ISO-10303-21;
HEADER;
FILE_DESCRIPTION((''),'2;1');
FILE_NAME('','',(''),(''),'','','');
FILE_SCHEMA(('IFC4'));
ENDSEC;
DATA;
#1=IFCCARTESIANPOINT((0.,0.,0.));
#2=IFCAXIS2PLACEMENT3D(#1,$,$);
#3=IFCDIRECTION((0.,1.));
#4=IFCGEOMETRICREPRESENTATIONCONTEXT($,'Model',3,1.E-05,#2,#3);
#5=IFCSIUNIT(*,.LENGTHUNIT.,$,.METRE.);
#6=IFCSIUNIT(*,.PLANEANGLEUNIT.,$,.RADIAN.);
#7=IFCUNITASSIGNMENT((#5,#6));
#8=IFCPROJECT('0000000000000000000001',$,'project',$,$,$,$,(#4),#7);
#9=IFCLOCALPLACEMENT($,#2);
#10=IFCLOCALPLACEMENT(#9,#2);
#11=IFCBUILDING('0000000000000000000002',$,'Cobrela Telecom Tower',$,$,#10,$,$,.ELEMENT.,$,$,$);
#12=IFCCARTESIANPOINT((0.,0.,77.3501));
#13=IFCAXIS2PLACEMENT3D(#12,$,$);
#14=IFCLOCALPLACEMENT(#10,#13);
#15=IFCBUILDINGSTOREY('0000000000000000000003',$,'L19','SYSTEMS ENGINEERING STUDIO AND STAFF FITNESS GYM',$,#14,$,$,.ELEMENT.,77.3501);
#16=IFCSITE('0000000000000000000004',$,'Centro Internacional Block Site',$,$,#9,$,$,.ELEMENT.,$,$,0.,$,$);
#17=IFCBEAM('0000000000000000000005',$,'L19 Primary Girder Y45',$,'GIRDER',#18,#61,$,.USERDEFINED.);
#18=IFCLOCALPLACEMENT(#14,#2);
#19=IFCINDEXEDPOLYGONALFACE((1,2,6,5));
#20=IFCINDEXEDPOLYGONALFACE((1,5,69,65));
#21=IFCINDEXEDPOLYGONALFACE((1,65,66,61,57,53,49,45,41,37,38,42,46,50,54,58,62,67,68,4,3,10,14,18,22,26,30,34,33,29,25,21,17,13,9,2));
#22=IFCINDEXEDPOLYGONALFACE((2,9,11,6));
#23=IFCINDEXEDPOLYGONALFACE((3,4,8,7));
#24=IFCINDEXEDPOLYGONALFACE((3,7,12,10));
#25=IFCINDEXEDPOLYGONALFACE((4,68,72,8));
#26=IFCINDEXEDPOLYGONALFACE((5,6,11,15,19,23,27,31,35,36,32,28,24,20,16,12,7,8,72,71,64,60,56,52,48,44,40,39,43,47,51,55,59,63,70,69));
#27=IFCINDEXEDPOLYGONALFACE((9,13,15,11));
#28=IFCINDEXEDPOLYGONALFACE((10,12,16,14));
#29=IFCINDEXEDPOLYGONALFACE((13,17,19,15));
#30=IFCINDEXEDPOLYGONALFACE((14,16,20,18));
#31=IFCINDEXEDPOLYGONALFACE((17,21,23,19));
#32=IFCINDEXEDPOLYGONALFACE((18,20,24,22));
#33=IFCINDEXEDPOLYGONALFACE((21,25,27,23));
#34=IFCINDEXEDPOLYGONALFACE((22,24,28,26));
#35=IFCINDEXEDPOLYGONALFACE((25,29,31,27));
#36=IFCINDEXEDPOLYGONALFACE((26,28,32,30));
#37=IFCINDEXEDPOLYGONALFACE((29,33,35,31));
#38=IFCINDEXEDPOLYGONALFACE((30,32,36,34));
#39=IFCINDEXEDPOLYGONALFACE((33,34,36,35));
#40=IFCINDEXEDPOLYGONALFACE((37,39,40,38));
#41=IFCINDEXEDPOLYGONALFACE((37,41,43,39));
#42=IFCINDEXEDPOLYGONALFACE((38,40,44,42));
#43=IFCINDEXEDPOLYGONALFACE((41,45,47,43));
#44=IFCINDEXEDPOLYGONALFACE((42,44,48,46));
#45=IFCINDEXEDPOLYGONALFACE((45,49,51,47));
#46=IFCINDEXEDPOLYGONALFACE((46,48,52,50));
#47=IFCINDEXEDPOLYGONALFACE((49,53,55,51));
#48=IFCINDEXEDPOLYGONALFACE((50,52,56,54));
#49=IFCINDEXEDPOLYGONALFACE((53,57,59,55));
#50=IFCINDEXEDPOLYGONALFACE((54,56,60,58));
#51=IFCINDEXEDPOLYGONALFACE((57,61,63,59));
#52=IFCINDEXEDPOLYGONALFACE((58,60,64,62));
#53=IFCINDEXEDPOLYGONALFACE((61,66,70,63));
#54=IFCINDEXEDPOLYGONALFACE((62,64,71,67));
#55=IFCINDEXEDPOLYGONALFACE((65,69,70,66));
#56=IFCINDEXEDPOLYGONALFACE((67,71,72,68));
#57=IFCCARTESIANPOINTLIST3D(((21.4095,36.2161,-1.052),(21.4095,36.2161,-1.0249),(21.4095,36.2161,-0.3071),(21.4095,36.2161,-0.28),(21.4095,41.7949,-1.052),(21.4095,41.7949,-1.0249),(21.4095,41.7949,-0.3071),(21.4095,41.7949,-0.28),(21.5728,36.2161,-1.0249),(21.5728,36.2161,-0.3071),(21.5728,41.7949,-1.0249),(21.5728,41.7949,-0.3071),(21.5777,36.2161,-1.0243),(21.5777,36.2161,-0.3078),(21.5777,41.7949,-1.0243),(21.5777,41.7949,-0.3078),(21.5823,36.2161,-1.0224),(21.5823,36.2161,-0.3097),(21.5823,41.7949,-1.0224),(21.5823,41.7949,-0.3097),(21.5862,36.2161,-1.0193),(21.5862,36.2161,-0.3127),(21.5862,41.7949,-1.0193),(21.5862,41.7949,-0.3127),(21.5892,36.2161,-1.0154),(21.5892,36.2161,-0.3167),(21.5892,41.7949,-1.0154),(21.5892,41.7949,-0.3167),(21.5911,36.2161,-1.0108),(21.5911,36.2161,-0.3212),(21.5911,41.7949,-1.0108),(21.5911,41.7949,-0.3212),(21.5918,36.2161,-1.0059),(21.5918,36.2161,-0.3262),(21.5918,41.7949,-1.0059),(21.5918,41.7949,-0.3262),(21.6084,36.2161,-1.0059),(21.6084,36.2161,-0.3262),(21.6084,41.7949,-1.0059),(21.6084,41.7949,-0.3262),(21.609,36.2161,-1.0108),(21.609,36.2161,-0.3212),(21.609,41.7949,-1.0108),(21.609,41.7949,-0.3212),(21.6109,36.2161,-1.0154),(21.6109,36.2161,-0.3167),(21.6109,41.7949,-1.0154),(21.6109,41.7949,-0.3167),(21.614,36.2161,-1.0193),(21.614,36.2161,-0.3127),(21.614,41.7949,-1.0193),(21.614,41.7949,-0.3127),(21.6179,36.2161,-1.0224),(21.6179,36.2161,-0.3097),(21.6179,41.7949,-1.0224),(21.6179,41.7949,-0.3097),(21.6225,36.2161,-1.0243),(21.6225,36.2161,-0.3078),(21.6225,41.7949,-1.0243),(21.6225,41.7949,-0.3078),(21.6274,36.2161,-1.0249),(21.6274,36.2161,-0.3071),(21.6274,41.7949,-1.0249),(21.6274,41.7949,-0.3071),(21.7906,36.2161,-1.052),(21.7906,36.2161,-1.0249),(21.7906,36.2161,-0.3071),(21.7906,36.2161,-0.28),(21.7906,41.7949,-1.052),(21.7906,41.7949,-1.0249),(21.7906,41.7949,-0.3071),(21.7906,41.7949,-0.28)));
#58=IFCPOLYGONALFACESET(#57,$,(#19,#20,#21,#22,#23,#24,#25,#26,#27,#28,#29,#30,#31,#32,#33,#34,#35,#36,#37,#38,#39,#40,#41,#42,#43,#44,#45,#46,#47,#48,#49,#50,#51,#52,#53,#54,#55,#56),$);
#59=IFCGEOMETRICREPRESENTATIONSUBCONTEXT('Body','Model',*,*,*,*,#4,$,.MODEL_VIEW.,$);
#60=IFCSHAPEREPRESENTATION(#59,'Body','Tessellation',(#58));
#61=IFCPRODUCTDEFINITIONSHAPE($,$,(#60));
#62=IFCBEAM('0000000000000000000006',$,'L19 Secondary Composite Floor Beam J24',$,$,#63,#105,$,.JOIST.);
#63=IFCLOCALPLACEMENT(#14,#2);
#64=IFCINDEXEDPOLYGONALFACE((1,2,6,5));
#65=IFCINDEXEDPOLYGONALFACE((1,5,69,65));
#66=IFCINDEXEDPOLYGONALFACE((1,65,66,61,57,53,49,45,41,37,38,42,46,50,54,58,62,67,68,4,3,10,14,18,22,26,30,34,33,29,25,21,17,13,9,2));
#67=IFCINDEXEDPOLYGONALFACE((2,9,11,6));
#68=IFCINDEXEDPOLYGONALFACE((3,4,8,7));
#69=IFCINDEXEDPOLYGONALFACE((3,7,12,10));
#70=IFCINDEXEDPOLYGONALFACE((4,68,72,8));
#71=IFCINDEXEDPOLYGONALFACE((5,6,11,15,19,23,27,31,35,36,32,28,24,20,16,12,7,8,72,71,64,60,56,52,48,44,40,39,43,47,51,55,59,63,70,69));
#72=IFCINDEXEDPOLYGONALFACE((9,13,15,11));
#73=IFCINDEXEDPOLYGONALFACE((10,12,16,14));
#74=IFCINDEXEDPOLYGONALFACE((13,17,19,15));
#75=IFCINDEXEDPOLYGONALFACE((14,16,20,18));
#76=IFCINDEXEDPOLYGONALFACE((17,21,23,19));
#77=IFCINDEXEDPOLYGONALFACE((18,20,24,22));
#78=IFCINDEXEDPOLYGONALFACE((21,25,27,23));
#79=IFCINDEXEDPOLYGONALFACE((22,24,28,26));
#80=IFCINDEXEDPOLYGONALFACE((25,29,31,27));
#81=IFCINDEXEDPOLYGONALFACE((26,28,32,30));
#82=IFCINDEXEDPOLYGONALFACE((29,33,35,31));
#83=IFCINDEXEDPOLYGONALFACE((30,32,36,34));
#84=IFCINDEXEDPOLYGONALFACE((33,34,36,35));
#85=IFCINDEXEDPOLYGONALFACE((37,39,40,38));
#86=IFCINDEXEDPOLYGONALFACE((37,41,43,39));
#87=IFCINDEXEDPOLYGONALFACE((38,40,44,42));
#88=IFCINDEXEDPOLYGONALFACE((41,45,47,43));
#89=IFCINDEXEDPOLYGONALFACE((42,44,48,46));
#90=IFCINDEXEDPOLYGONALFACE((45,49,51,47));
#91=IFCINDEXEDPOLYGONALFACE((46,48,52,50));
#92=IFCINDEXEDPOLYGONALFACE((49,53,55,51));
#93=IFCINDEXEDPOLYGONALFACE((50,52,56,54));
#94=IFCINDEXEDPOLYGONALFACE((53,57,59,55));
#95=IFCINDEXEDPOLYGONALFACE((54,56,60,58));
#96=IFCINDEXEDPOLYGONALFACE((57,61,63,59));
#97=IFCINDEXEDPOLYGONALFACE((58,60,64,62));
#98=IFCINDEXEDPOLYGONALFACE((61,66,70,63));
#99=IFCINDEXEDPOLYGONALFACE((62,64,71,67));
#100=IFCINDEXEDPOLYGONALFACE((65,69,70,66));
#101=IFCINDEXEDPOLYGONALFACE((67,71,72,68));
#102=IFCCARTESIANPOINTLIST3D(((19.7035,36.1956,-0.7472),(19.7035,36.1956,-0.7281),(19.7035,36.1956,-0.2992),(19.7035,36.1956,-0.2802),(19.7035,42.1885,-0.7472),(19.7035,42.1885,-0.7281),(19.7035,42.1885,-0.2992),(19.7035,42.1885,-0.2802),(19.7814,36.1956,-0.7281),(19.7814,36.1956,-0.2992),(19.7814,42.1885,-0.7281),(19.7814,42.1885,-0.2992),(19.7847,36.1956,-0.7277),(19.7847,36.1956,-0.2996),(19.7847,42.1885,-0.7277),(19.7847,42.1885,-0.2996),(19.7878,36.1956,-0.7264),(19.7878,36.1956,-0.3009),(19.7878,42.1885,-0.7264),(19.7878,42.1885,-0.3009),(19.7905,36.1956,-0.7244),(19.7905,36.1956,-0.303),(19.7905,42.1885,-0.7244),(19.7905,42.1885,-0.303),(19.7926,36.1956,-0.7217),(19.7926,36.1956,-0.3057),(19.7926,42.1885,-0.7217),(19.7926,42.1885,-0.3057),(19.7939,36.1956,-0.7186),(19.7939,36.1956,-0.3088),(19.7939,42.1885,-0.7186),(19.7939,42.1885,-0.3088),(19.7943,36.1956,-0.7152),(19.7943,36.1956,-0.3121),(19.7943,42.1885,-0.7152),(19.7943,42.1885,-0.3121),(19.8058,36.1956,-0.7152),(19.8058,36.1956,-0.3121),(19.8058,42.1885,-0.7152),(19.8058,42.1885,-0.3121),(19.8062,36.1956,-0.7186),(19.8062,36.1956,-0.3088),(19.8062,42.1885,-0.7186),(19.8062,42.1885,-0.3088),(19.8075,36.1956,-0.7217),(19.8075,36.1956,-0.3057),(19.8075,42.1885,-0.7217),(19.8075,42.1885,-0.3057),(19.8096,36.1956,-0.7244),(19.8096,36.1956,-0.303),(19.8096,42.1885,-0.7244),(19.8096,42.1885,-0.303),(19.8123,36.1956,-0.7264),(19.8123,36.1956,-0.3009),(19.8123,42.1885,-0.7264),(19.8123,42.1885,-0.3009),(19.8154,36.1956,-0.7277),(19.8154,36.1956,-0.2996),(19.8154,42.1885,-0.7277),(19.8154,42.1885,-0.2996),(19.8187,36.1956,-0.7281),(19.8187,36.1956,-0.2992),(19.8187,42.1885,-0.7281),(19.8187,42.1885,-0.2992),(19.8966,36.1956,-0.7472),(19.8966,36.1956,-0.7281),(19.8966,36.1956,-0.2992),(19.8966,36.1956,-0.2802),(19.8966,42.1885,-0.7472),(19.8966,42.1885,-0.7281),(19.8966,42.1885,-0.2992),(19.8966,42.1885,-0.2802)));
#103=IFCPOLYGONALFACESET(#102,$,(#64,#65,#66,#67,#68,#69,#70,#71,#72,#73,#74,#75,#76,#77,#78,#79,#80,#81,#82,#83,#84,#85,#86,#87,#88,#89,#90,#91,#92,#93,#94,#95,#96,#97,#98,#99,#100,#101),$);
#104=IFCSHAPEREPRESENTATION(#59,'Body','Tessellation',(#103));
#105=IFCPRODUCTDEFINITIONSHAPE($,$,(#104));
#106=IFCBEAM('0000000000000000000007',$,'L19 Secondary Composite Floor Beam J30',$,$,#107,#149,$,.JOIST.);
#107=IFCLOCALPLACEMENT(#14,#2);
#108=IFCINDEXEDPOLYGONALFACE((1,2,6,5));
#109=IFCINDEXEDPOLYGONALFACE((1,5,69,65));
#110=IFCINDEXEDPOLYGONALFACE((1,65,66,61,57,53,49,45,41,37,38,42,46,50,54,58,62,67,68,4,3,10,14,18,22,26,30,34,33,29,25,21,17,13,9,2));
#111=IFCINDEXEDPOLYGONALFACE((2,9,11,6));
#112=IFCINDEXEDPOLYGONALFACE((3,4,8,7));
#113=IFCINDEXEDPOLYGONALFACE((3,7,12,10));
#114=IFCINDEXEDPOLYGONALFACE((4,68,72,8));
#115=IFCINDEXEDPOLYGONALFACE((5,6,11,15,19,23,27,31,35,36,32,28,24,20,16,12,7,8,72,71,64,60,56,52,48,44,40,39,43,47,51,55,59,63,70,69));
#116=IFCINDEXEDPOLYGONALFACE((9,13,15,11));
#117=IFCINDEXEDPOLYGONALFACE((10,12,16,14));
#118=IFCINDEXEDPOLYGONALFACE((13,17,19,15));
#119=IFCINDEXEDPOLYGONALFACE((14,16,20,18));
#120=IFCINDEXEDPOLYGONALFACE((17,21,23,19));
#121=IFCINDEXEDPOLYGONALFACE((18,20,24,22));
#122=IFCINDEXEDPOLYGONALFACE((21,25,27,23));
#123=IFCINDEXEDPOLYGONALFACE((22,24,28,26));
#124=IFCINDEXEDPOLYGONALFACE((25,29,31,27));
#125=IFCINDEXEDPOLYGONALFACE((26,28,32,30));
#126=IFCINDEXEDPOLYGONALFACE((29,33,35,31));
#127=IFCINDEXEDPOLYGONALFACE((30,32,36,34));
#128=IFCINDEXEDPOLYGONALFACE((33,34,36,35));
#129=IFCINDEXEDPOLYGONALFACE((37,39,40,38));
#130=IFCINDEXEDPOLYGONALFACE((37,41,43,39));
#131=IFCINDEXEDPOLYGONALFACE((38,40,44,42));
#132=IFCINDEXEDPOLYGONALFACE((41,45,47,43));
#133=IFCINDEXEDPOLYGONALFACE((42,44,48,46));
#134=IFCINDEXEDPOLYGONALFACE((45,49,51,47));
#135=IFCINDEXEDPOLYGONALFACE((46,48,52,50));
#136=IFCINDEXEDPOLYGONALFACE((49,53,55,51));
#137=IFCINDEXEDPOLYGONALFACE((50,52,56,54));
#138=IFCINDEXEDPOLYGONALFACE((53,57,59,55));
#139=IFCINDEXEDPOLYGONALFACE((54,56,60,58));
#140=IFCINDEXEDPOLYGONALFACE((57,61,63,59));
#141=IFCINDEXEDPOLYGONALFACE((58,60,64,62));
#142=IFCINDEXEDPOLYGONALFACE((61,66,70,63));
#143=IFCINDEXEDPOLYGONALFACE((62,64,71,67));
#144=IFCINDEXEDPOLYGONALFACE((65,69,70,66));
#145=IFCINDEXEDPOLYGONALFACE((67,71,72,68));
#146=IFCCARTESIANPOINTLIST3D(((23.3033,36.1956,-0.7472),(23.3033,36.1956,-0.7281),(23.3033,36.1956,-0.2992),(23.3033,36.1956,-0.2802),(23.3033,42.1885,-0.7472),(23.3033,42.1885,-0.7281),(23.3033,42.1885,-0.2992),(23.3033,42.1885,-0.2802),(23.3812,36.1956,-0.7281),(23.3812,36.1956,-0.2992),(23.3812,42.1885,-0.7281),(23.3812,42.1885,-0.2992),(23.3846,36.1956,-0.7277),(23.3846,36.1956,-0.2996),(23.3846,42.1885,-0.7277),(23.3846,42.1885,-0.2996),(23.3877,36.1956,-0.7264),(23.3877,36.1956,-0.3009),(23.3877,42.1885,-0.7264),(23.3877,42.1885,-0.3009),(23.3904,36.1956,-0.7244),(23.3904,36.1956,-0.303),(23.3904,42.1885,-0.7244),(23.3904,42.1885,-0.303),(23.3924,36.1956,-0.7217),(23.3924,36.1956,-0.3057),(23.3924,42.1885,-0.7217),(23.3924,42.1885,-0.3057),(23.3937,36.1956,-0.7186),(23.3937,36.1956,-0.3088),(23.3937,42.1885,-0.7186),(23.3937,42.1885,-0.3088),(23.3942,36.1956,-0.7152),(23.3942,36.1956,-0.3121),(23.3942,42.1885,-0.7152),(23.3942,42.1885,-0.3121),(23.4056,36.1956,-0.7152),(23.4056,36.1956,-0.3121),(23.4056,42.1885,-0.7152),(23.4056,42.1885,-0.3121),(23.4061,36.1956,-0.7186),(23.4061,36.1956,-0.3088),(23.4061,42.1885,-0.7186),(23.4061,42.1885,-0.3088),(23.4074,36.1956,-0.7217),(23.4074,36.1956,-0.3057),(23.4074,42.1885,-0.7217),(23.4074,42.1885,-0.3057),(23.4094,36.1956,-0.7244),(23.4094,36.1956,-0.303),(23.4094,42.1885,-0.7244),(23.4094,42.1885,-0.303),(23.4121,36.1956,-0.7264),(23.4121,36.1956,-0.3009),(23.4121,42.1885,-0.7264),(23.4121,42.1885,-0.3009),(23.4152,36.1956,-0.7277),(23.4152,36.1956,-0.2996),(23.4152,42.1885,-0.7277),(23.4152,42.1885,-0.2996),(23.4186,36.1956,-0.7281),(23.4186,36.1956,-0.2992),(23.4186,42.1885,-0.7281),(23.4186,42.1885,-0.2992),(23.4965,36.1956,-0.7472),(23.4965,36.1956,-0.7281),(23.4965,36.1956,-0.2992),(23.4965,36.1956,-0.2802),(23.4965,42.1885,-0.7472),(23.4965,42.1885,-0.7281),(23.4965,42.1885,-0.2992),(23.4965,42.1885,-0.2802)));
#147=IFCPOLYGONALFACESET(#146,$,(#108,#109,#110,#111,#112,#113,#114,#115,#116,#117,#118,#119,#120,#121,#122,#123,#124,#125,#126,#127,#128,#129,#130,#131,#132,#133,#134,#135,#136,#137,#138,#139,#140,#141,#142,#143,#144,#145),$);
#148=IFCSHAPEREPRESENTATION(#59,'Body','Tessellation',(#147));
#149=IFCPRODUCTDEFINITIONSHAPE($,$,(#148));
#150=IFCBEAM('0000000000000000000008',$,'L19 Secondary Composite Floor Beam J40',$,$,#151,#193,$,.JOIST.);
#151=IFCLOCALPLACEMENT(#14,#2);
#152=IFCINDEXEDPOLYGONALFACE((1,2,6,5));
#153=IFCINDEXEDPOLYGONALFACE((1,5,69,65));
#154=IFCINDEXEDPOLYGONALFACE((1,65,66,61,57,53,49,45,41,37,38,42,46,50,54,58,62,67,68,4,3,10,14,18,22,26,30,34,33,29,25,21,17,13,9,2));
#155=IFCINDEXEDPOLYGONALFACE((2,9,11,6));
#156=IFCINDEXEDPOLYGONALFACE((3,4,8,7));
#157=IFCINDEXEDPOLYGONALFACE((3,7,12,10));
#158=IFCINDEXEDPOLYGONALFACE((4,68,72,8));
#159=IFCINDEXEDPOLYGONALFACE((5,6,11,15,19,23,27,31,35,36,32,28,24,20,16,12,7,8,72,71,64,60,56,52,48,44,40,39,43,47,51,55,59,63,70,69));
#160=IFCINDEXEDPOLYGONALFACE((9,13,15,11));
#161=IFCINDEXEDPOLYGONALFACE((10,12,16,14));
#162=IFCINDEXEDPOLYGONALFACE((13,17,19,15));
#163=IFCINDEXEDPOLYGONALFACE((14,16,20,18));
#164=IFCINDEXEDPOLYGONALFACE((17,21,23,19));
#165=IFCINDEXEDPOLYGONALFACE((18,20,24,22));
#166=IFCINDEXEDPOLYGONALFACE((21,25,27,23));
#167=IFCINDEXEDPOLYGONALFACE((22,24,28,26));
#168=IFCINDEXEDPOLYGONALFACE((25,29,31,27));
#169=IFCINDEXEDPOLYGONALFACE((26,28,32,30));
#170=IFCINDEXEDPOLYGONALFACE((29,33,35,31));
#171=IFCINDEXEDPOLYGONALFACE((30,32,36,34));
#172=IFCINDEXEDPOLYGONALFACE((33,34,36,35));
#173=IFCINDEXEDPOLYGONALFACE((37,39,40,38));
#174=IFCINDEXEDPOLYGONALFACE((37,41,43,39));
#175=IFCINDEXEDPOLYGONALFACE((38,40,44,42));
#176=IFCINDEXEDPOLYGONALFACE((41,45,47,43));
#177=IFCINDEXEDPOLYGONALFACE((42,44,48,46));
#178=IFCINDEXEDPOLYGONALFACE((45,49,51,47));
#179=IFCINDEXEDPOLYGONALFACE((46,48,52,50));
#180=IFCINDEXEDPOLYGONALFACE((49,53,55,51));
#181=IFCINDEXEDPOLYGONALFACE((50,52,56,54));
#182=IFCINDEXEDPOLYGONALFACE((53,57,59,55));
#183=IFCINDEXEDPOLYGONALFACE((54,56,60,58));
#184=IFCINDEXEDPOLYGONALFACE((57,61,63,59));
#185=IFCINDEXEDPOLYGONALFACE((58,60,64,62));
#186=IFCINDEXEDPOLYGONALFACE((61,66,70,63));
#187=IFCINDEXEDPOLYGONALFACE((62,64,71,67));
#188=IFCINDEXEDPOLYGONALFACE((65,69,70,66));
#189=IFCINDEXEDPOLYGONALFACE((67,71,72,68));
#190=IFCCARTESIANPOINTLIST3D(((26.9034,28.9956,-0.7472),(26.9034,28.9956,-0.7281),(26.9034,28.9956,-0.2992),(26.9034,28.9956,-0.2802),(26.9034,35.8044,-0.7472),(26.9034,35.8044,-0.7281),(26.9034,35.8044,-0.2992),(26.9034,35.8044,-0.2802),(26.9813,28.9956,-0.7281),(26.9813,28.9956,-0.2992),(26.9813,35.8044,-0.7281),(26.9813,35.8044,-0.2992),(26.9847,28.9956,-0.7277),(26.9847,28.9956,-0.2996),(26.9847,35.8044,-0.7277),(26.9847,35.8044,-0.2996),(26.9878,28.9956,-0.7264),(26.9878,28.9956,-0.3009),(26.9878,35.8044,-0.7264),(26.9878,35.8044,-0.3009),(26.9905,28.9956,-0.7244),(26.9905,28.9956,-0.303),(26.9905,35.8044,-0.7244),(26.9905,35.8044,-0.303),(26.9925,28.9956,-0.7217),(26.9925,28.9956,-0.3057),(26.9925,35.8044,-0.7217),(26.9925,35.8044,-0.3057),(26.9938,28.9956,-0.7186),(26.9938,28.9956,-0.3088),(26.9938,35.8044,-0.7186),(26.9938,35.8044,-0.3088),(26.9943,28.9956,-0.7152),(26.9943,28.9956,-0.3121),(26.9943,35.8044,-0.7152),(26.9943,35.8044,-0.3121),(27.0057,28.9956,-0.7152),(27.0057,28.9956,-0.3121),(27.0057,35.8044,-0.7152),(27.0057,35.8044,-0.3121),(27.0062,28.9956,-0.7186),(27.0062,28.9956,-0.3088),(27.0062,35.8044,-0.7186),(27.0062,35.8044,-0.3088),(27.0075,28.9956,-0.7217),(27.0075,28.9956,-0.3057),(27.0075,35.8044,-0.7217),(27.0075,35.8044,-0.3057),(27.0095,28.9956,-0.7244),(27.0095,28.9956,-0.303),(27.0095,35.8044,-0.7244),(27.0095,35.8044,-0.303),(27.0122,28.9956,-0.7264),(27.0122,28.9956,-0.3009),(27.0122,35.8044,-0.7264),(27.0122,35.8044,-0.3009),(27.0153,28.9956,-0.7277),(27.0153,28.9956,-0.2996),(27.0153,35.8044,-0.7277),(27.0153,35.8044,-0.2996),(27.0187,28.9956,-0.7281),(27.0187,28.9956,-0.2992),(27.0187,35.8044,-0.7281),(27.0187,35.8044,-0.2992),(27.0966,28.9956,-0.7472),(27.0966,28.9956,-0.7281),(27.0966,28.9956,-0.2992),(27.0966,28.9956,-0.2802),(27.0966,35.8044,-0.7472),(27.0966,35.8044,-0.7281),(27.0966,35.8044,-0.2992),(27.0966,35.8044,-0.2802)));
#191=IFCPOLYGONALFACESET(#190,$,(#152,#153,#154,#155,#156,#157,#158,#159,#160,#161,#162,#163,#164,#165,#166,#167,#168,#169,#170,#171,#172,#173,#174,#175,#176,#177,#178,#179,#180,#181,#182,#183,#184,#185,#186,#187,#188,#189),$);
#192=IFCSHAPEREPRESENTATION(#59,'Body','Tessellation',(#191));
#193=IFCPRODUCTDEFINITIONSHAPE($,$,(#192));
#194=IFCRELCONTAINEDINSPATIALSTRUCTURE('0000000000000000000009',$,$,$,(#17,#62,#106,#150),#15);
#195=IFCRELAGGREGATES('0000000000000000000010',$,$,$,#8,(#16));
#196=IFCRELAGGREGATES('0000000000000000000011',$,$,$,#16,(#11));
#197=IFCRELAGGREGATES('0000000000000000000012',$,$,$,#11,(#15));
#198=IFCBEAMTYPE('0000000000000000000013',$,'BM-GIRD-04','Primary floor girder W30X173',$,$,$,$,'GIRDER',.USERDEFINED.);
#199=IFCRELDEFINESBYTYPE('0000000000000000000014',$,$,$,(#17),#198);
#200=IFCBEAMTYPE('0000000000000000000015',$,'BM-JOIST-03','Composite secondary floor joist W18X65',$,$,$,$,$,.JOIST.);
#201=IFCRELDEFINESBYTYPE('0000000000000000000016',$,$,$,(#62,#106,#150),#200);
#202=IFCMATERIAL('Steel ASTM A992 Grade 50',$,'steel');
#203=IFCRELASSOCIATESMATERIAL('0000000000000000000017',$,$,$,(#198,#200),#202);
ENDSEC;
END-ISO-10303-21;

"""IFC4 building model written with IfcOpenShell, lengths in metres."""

from ifc_helpers import new_model, si_unit, direction, frame, origin, origin_2d, place, context, subcontext, project, spatial, i_section, extrude, material, material_profile, profile_set, type_object, element, save


model = new_model("IFC4")

# Units and contexts
model_context = context("Model", 3, precision=1e-05, world=origin(), true_north=direction((0.0, 1.0)))
body_context = subcontext(model_context, "Body", "Model", "MODEL_VIEW")
ifc_project = project(units=[si_unit("LENGTHUNIT", "METRE"), si_unit("PLANEANGLEUNIT", "RADIAN")], contexts=[model_context])

# Site, building, storey
site_placement = place(None, origin())
site = spatial("IfcSite", under=ifc_project, at=site_placement, Name="Centro Internacional Block Site", CompositionType="ELEMENT", RefElevation=0.0)
building_placement = place(site_placement, origin())
building = spatial("IfcBuilding", under=site, at=building_placement, Name="Cobrela Telecom Tower", CompositionType="ELEMENT")
storey_placement = place(building_placement, frame((0.0, 0.0, 77.3501)))
storey = spatial("IfcBuildingStorey", under=building, at=storey_placement, Name="L19", Description="SYSTEMS ENGINEERING STUDIO AND STAFF FITNESS GYM", CompositionType="ELEMENT", Elevation=77.3501)

# Shared definitions
ifc_material_1 = material(Name="Steel ASTM A992 Grade 50", Category="steel")

# Beams
ifc_material_profile_1 = material_profile(ifc_material_1, i_section(OverallWidth=0.3811, OverallDepth=0.772, WebThickness=0.0166, FlangeThickness=0.0271, FilletRadius=0.019, at=origin_2d()), Name="W30X173")
ifc_profile_set_1 = profile_set([ifc_material_profile_1], Name="Steel ASTM A992 Grade 50")
beam_type_1 = type_object("IfcBeamType", Name="BM-GIRD-04", Description="Primary floor girder W30X173", ElementType="GIRDER", PredefinedType="USERDEFINED", material=ifc_profile_set_1)
beam_1_placement = place(storey_placement, frame((21.6001, 36.2161, -0.666), z_axis=(0.0, 1.0, 0.0), x_axis=(-1.0, 0.0, 0.0)))
element("IfcBeam", 1, at=beam_1_placement, inside=storey, type_object=beam_type_1, Name="L19 Primary Girder Y45", ObjectType="GIRDER", PredefinedType="USERDEFINED", context=body_context, shape_type="SweptSolid", body=[
    extrude(i_section(OverallWidth=0.3811, OverallDepth=0.772, WebThickness=0.0166, FlangeThickness=0.0271, FilletRadius=0.019, at=origin_2d()), origin(), (0.0, 0.0, 1.0), 5.5789),
])
ifc_material_profile_2 = material_profile(ifc_material_1, i_section(OverallWidth=0.1931, OverallDepth=0.467, WebThickness=0.0115, FlangeThickness=0.019, FilletRadius=0.0129, at=origin_2d()), Name="W18X65")
ifc_profile_set_2 = profile_set([ifc_material_profile_2], Name="Steel ASTM A992 Grade 50")
beam_type_2 = type_object("IfcBeamType", Name="BM-JOIST-03", Description="Composite secondary floor joist W18X65", PredefinedType="JOIST", material=ifc_profile_set_2)
for number, where, z_axis, x_axis, name in (
    (2, (19.8, 36.1956, -0.5137), (0.0, 1.0, 0.0), (-1.0, 0.0, 0.0), "L19 Secondary Composite Floor Beam J24"),
    (3, (23.3999, 36.1956, -0.5137), (0.0, 1.0, 0.0), (-1.0, 0.0, 0.0), "L19 Secondary Composite Floor Beam J30"),
):
    element("IfcBeam", number, at=place(storey_placement, frame(where, z_axis=z_axis, x_axis=x_axis)), inside=storey, type_object=beam_type_2, Name=name, PredefinedType="JOIST", context=body_context, shape_type="SweptSolid", body=[
        extrude(i_section(OverallWidth=0.1931, OverallDepth=0.467, WebThickness=0.0115, FlangeThickness=0.019, FilletRadius=0.0129, at=origin_2d()), origin(), (0.0, 0.0, 1.0), 5.9929),
    ])
beam_2_placement = place(storey_placement, frame((27.0, 28.9956, -0.5137), z_axis=(0.0, 1.0, 0.0), x_axis=(-1.0, 0.0, 0.0)))
element("IfcBeam", 4, at=beam_2_placement, inside=storey, type_object=beam_type_2, Name="L19 Secondary Composite Floor Beam J40", PredefinedType="JOIST", context=body_context, shape_type="SweptSolid", body=[
    extrude(i_section(OverallWidth=0.1931, OverallDepth=0.467, WebThickness=0.0115, FlangeThickness=0.019, FilletRadius=0.0129, at=origin_2d()), origin(), (0.0, 0.0, 1.0), 6.8088),
])

save(model, "model.ifc")
